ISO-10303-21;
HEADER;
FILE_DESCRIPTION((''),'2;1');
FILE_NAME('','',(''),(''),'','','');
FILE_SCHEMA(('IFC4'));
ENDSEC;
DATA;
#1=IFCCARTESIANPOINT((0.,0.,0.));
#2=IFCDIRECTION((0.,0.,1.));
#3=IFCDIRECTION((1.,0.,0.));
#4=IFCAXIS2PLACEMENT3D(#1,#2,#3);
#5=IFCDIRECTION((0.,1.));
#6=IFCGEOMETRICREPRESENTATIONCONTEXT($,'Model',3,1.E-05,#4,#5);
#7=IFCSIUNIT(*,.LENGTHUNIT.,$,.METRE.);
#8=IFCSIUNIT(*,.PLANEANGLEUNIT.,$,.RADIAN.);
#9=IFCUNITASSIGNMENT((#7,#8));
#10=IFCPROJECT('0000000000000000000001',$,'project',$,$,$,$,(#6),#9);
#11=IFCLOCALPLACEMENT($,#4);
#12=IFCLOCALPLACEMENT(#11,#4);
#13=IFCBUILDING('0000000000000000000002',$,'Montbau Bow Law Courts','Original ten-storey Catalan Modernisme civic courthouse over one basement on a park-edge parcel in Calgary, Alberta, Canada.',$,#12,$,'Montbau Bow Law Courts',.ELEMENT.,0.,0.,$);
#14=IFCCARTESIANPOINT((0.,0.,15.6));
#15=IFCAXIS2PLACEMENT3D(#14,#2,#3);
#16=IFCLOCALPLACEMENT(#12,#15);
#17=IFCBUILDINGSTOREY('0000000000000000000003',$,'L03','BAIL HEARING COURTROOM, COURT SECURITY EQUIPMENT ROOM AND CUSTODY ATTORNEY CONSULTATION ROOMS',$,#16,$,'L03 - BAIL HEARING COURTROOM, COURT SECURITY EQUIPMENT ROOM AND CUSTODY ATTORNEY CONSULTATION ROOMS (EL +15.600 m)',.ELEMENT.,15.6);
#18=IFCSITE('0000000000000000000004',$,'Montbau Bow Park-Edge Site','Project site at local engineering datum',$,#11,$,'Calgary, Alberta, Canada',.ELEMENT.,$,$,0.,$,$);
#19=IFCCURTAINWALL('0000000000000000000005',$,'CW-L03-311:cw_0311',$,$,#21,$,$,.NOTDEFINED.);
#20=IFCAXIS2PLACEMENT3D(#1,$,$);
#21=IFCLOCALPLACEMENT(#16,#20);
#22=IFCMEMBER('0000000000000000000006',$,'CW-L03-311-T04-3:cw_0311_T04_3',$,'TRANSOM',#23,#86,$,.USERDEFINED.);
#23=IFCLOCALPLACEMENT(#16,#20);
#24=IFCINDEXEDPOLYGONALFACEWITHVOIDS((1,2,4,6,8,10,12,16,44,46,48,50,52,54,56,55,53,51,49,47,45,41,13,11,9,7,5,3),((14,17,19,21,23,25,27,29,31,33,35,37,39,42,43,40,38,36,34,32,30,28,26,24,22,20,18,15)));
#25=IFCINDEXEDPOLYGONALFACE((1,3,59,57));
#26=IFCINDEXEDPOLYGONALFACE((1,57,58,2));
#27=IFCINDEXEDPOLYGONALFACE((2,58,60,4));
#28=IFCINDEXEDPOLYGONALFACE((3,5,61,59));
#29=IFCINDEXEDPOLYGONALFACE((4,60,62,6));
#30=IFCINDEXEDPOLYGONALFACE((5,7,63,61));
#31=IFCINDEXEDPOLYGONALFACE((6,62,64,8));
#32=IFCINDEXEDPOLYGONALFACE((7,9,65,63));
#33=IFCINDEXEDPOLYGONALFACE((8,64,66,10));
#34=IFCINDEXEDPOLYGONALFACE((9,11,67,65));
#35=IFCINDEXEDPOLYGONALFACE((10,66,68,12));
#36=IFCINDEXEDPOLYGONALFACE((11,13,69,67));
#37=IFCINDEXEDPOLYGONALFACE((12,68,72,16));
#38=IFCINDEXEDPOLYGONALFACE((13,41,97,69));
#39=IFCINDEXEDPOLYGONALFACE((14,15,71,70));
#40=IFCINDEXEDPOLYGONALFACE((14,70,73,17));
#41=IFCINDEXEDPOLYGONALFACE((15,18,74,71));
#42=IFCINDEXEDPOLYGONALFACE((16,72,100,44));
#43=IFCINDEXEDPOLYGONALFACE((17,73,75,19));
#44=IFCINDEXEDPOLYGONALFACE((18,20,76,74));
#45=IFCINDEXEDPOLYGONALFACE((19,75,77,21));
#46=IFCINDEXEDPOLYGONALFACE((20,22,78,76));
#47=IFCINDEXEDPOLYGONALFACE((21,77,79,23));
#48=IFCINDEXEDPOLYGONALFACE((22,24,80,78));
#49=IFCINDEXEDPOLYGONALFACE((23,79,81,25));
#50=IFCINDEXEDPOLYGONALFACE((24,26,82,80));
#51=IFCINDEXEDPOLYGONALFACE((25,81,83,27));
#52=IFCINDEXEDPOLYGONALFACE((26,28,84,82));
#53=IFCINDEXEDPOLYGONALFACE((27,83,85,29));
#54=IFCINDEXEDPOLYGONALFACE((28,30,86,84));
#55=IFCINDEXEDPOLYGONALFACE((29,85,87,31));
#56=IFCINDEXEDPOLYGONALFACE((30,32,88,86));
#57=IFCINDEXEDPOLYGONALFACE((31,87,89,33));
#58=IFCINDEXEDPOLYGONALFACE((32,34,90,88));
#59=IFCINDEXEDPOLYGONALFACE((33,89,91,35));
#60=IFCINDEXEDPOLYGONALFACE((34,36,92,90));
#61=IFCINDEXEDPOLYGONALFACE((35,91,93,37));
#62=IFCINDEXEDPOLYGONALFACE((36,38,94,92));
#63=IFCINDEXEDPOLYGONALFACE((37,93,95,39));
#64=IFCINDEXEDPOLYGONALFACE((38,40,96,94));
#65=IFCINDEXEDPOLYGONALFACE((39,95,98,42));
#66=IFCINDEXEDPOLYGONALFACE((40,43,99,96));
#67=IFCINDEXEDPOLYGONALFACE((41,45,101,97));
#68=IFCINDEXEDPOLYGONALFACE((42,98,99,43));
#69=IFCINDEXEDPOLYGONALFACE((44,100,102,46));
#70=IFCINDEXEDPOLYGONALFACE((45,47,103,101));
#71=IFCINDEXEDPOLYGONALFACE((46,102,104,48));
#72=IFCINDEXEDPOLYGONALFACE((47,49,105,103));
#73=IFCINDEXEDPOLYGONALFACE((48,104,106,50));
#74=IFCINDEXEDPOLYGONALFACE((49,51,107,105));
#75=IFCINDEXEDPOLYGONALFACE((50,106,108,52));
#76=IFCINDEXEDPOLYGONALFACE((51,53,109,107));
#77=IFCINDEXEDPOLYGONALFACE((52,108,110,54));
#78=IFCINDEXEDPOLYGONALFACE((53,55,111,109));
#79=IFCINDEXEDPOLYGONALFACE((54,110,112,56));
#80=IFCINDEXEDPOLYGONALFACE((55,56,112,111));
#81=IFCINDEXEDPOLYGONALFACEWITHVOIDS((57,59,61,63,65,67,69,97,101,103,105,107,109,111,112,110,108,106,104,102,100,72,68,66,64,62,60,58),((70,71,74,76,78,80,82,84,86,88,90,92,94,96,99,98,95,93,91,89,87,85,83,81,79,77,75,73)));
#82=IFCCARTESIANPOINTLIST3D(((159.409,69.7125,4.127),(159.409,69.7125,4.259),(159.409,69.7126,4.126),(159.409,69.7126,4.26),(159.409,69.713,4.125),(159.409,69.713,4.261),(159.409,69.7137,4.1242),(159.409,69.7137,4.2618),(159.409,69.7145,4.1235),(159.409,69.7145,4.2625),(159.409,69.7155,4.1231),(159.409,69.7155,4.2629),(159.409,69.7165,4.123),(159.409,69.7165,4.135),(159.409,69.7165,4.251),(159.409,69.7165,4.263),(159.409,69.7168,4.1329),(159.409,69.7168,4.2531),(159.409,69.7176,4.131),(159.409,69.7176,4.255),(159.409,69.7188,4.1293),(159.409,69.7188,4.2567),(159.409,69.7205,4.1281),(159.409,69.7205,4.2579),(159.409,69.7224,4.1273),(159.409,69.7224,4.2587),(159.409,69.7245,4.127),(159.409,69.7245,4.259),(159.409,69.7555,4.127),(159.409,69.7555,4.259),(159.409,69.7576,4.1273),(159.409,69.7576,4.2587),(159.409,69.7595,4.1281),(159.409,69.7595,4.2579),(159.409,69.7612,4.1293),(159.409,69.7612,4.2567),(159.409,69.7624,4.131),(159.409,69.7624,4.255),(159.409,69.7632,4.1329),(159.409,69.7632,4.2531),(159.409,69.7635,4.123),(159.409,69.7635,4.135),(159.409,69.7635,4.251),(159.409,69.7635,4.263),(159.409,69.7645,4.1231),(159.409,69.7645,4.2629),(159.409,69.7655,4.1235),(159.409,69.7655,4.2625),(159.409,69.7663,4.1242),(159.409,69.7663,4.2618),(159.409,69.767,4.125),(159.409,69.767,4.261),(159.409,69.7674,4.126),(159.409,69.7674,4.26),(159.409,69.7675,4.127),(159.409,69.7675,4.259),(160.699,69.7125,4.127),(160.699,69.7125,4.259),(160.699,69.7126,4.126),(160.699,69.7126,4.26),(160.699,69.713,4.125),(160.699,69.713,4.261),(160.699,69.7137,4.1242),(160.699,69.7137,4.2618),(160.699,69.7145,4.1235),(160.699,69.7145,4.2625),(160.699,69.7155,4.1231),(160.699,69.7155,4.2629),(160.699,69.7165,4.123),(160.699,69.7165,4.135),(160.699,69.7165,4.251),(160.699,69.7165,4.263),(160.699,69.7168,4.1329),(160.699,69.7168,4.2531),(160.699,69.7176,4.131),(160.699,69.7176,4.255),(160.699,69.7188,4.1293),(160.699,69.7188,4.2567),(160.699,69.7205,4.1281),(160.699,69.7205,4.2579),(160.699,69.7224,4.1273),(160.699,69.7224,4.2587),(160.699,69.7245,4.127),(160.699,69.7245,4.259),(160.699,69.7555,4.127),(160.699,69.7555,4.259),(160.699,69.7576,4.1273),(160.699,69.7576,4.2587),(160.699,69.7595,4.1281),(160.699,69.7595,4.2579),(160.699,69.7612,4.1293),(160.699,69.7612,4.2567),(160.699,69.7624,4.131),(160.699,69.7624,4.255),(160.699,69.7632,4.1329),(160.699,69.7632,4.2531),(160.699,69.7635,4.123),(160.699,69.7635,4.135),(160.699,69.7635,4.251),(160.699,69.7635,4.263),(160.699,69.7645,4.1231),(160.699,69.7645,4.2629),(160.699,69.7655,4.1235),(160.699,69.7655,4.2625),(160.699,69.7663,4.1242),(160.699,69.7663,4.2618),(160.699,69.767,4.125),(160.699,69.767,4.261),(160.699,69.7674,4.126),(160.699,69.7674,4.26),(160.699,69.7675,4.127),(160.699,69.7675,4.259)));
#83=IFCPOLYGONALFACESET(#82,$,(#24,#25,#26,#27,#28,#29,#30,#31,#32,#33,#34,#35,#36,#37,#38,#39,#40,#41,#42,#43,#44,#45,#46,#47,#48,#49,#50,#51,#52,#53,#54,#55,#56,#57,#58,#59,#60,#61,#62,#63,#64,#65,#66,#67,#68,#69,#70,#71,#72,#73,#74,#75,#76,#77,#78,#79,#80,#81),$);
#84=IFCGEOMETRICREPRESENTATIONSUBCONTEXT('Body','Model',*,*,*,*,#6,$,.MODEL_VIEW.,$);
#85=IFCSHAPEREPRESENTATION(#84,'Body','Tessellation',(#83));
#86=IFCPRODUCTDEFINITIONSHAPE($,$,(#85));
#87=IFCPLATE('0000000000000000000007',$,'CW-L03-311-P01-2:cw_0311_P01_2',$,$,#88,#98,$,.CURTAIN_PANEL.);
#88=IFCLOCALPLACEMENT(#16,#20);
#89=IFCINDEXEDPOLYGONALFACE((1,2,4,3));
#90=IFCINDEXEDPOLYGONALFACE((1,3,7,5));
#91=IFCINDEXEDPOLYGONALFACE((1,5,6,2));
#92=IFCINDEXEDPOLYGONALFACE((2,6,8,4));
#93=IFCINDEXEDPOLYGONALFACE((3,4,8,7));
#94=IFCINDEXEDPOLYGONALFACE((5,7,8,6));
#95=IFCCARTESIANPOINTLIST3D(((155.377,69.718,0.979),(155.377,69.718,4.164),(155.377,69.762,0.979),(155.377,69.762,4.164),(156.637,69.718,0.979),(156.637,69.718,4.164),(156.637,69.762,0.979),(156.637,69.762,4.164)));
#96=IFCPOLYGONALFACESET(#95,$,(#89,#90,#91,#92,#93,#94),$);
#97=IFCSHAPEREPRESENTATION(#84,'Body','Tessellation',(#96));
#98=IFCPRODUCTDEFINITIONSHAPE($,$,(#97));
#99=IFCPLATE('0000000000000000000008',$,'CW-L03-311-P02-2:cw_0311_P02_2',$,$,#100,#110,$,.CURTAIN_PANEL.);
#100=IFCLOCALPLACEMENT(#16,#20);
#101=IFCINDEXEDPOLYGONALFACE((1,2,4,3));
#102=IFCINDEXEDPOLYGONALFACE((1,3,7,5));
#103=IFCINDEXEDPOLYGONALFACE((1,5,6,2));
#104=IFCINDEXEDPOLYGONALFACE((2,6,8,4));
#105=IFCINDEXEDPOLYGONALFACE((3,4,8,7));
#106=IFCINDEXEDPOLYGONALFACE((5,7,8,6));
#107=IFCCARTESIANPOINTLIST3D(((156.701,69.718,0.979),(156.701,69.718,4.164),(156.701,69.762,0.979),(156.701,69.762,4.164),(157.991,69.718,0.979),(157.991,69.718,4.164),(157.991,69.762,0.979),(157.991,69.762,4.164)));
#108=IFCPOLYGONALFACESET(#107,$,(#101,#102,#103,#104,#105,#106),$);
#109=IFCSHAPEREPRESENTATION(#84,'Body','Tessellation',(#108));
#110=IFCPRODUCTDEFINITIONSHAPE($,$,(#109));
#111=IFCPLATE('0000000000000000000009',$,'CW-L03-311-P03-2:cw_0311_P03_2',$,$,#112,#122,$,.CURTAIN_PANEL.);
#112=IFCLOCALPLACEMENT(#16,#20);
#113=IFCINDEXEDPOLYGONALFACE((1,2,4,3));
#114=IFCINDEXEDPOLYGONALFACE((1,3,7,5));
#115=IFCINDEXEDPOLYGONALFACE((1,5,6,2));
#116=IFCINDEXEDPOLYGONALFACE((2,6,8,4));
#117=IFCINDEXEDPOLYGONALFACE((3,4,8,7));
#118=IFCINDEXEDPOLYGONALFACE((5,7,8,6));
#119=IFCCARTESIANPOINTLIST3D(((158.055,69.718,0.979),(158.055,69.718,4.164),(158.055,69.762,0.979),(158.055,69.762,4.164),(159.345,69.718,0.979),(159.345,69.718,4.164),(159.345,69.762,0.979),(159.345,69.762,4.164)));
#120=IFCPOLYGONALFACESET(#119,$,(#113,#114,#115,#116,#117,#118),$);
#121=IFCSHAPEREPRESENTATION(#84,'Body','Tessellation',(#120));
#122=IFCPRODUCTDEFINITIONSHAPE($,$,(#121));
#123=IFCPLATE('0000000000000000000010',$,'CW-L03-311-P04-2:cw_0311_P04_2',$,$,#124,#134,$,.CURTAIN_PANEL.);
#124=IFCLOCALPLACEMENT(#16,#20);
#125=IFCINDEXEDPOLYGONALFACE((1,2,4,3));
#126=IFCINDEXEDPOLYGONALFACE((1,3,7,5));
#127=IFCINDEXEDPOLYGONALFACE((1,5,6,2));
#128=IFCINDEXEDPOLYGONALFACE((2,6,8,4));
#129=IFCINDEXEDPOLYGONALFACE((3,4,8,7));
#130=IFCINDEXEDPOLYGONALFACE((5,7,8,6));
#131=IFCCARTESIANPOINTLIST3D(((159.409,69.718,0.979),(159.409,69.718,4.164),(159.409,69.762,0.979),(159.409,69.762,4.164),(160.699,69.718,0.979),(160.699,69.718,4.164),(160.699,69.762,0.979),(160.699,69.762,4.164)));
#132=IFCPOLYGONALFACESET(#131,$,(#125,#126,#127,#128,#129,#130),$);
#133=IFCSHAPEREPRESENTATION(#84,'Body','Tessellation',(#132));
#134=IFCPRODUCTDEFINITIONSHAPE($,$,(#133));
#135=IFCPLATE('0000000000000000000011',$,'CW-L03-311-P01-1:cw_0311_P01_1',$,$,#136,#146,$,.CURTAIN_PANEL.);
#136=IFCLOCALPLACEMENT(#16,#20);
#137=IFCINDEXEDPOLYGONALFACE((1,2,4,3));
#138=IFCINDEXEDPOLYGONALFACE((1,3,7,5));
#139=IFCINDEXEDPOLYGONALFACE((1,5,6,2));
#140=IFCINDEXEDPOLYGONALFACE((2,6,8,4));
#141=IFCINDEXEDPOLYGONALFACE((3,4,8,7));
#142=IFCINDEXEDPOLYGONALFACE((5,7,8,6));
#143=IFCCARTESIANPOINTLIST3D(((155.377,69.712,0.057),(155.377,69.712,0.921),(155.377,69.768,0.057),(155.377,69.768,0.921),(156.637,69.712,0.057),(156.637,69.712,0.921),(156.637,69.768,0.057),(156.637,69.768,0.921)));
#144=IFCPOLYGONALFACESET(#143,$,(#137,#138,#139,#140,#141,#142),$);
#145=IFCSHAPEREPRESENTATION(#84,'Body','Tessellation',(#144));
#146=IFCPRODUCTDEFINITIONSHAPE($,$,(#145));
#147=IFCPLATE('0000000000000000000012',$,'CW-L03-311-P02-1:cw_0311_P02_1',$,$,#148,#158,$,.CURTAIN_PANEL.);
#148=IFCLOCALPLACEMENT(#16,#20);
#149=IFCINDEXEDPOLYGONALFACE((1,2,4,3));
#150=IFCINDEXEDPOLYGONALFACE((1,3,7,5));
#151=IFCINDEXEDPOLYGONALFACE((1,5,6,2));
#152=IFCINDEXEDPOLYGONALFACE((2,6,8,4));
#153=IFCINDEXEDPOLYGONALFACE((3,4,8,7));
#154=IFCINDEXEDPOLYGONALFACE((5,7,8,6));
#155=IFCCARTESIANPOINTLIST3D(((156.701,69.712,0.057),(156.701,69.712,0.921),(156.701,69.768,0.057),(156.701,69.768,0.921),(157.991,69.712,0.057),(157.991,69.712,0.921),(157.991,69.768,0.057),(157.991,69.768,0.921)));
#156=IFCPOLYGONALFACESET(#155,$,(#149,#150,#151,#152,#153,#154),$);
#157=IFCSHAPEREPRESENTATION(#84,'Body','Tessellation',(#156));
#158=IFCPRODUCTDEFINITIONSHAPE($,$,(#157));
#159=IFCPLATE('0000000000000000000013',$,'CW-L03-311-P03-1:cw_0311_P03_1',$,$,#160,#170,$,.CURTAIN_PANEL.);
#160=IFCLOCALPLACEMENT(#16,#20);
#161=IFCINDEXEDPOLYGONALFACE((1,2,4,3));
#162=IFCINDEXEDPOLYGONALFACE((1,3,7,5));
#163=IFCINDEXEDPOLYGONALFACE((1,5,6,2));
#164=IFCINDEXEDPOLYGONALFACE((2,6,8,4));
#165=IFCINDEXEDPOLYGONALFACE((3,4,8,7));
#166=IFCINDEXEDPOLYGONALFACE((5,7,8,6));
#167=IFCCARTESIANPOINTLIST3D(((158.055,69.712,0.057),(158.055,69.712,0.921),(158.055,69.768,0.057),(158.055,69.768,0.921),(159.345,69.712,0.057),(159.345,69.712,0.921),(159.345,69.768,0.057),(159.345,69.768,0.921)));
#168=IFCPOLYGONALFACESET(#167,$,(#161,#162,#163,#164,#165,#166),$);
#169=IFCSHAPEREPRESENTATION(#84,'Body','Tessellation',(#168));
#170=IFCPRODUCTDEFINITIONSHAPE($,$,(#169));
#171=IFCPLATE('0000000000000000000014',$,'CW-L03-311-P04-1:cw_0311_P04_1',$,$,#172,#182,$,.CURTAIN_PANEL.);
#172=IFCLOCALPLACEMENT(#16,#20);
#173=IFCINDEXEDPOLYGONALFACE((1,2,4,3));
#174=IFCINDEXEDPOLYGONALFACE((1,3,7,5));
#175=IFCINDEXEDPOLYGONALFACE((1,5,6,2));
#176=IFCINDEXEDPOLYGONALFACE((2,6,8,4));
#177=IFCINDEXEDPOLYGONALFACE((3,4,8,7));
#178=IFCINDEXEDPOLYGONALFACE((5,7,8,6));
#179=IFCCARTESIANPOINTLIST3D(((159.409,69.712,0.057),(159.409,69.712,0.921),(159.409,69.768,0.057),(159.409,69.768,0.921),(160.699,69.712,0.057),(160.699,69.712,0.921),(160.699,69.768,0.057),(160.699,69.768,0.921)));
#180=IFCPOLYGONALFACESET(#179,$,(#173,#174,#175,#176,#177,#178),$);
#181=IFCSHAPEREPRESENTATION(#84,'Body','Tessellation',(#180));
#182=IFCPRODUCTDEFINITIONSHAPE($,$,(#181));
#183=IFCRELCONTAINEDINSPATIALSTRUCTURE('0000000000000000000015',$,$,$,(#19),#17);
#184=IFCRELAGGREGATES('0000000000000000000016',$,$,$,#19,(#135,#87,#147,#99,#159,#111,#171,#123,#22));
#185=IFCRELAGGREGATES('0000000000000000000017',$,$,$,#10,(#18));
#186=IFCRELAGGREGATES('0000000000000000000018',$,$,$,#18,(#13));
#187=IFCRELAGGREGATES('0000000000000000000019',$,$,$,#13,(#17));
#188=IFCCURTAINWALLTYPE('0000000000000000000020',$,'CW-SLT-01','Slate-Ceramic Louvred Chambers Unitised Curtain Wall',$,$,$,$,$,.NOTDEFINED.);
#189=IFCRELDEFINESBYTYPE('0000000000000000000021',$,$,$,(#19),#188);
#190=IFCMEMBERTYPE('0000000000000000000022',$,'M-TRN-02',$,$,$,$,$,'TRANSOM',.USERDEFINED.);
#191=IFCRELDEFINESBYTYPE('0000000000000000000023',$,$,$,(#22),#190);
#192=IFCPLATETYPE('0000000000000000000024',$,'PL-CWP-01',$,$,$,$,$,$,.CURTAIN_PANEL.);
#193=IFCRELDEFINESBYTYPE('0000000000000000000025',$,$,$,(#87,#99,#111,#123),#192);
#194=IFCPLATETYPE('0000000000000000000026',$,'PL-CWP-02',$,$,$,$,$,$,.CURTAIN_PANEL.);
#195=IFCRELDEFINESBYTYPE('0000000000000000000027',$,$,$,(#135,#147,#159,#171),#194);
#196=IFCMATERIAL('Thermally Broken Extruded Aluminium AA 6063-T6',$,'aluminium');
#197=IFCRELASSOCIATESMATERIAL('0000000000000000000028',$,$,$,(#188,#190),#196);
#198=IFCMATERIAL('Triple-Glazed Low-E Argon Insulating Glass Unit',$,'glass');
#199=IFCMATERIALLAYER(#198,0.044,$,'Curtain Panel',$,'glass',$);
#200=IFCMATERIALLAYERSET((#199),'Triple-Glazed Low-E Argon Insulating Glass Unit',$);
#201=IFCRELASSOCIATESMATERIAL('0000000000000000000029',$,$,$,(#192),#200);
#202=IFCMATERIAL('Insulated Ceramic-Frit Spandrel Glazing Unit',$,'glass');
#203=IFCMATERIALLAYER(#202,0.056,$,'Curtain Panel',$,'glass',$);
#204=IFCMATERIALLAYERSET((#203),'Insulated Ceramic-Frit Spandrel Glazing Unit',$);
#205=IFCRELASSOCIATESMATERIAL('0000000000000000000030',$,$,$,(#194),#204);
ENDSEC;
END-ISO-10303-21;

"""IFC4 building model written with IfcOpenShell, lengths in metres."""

from ifc_helpers import new_model, si_unit, direction, frame, frame_2d, origin_with_axes, origin_2d_with_axis, place, context, subcontext, project, spatial, rectangle, hollow_rectangle, extrude, material, layer, layer_set, material_profile, profile_set, type_object, element, aggregate, save


model = new_model("IFC4")

# Units and contexts
model_context = context("Model", 3, precision=1e-05, world=origin_with_axes(), true_north=direction((0.0, 1.0)))
body_context = subcontext(model_context, "Body", "Model", "MODEL_VIEW")
ifc_project = project(units=[si_unit("LENGTHUNIT", "METRE"), si_unit("PLANEANGLEUNIT", "RADIAN")], contexts=[model_context])

# Site, building, storey
site_placement = place(None, origin_with_axes())
site = spatial("IfcSite", under=ifc_project, at=site_placement, Name="Montbau Bow Park-Edge Site", Description="Project site at local engineering datum", LongName="Calgary, Alberta, Canada", CompositionType="ELEMENT", RefElevation=0.0)
building_placement = place(site_placement, origin_with_axes())
building = spatial("IfcBuilding", under=site, at=building_placement, Name="Montbau Bow Law Courts", Description="Original ten-storey Catalan Modernisme civic courthouse over one basement on a park-edge parcel in Calgary, Alberta, Canada.", LongName="Montbau Bow Law Courts", CompositionType="ELEMENT", ElevationOfRefHeight=0.0, ElevationOfTerrain=0.0)
storey_placement = place(building_placement, frame((0.0, 0.0, 15.6), z_axis=(0.0, 0.0, 1.0), x_axis=(1.0, 0.0, 0.0)))
storey = spatial("IfcBuildingStorey", under=building, at=storey_placement, Name="L03", Description="BAIL HEARING COURTROOM, COURT SECURITY EQUIPMENT ROOM AND CUSTODY ATTORNEY CONSULTATION ROOMS", LongName="L03 - BAIL HEARING COURTROOM, COURT SECURITY EQUIPMENT ROOM AND CUSTODY ATTORNEY CONSULTATION ROOMS (EL +15.600 m)", CompositionType="ELEMENT", Elevation=15.6)

# Curtain wall, member, plates
ifc_material_1 = material(Name="Thermally Broken Extruded Aluminium AA 6063-T6", Category="aluminium")
curtain_wall_type = type_object("IfcCurtainWallType", Name="CW-SLT-01", Description="Slate-Ceramic Louvred Chambers Unitised Curtain Wall", PredefinedType="NOTDEFINED", material=ifc_material_1)
curtain_wall_placement = place(None, frame((155.315, 69.74, 15.6), z_axis=(0.0, 0.0, 1.0), x_axis=(1.0, 0.0, 0.0)))
curtain_wall = element("IfcCurtainWall", 1, at=curtain_wall_placement, inside=storey, type_object=curtain_wall_type, Name="CW-L03-311:cw_0311", PredefinedType="NOTDEFINED")
ifc_material_profile_1 = material_profile(ifc_material_1, hollow_rectangle(XDim=0.055, YDim=0.14, WallThickness=0.004, InnerFilletRadius=0.008, OuterFilletRadius=0.004, at=origin_2d_with_axis()), Name="CWT-140X55", Category="Main", Priority=0)
ifc_profile_set_1 = profile_set([ifc_material_profile_1], Name="Thermally Broken Extruded Aluminium AA 6063-T6")
member_type_1 = type_object("IfcMemberType", Name="M-TRN-02", ElementType="TRANSOM", PredefinedType="USERDEFINED", material=ifc_profile_set_1)
member_1_placement = place(None, frame((159.409, 69.74, 19.793), z_axis=(1.0, 0.0, 0.0), x_axis=(0.0, 1.0, 0.0)))
member_1 = element("IfcMember", 2, at=member_1_placement, type_object=member_type_1, Name="CW-L03-311-T04-3:cw_0311_T04_3", ObjectType="TRANSOM", PredefinedType="USERDEFINED", context=body_context, shape_type="SweptSolid", body=[
    extrude(hollow_rectangle(XDim=0.055, YDim=0.14, WallThickness=0.004, InnerFilletRadius=0.008, OuterFilletRadius=0.004, at=origin_2d_with_axis()), origin_with_axes(), (0.0, 0.0, 1.0), 1.29),
])
ifc_material_2 = material(Name="Triple-Glazed Low-E Argon Insulating Glass Unit", Category="glass")
ifc_layer_1 = layer(ifc_material_2, 0.044, Name="Curtain Panel", Category="glass")
ifc_layer_set_1 = layer_set([ifc_layer_1], Name="Triple-Glazed Low-E Argon Insulating Glass Unit")
plate_type_1 = type_object("IfcPlateType", Name="PL-CWP-01", PredefinedType="CURTAIN_PANEL", material=ifc_layer_set_1)
plate_1_placement = place(None, frame((155.377, 69.74, 16.579), z_axis=(0.0, -1.0, 0.0), x_axis=(1.0, 0.0, 0.0)))
plate_1 = element("IfcPlate", 3, at=plate_1_placement, type_object=plate_type_1, Name="CW-L03-311-P01-2:cw_0311_P01_2", PredefinedType="CURTAIN_PANEL", context=body_context, shape_type="SweptSolid", body=[
    extrude(rectangle(XDim=1.26, YDim=3.185, at=frame_2d((0.63, 1.5925), x_axis=(1.0, 0.0))), frame((0.0, 0.0, -0.022), z_axis=(0.0, 0.0, 1.0), x_axis=(1.0, 0.0, 0.0)), (0.0, 0.0, 1.0), 0.044),
])
plate_2_placement = place(None, frame((156.701, 69.74, 16.579), z_axis=(0.0, -1.0, 0.0), x_axis=(1.0, 0.0, 0.0)))
plate_2 = element("IfcPlate", 4, at=plate_2_placement, type_object=plate_type_1, Name="CW-L03-311-P02-2:cw_0311_P02_2", PredefinedType="CURTAIN_PANEL", context=body_context, shape_type="SweptSolid", body=[
    extrude(rectangle(XDim=1.29, YDim=3.185, at=frame_2d((0.645, 1.5925), x_axis=(1.0, 0.0))), frame((0.0, 0.0, -0.022), z_axis=(0.0, 0.0, 1.0), x_axis=(1.0, 0.0, 0.0)), (0.0, 0.0, 1.0), 0.044),
])
plate_3_placement = place(None, frame((158.055, 69.74, 16.579), z_axis=(0.0, -1.0, 0.0), x_axis=(1.0, 0.0, 0.0)))
plate_3 = element("IfcPlate", 5, at=plate_3_placement, type_object=plate_type_1, Name="CW-L03-311-P03-2:cw_0311_P03_2", PredefinedType="CURTAIN_PANEL", context=body_context, shape_type="SweptSolid", body=[
    extrude(rectangle(XDim=1.29, YDim=3.185, at=frame_2d((0.645, 1.5925), x_axis=(1.0, 0.0))), frame((0.0, 0.0, -0.022), z_axis=(0.0, 0.0, 1.0), x_axis=(1.0, 0.0, 0.0)), (0.0, 0.0, 1.0), 0.044),
])
plate_4_placement = place(None, frame((159.409, 69.74, 16.579), z_axis=(0.0, -1.0, 0.0), x_axis=(1.0, 0.0, 0.0)))
plate_4 = element("IfcPlate", 6, at=plate_4_placement, type_object=plate_type_1, Name="CW-L03-311-P04-2:cw_0311_P04_2", PredefinedType="CURTAIN_PANEL", context=body_context, shape_type="SweptSolid", body=[
    extrude(rectangle(XDim=1.29, YDim=3.185, at=frame_2d((0.645, 1.5925), x_axis=(1.0, 0.0))), frame((0.0, 0.0, -0.022), z_axis=(0.0, 0.0, 1.0), x_axis=(1.0, 0.0, 0.0)), (0.0, 0.0, 1.0), 0.044),
])
ifc_material_3 = material(Name="Insulated Ceramic-Frit Spandrel Glazing Unit", Category="glass")
ifc_layer_2 = layer(ifc_material_3, 0.056, Name="Curtain Panel", Category="glass")
ifc_layer_set_2 = layer_set([ifc_layer_2], Name="Insulated Ceramic-Frit Spandrel Glazing Unit")
plate_type_2 = type_object("IfcPlateType", Name="PL-CWP-02", PredefinedType="CURTAIN_PANEL", material=ifc_layer_set_2)
plate_5_placement = place(None, frame((155.377, 69.74, 15.657), z_axis=(0.0, -1.0, 0.0), x_axis=(1.0, 0.0, 0.0)))
plate_5 = element("IfcPlate", 7, at=plate_5_placement, type_object=plate_type_2, Name="CW-L03-311-P01-1:cw_0311_P01_1", PredefinedType="CURTAIN_PANEL", context=body_context, shape_type="SweptSolid", body=[
    extrude(rectangle(XDim=1.26, YDim=0.864, at=frame_2d((0.63, 0.432), x_axis=(1.0, 0.0))), frame((0.0, 0.0, -0.028), z_axis=(0.0, 0.0, 1.0), x_axis=(1.0, 0.0, 0.0)), (0.0, 0.0, 1.0), 0.056),
])
plate_6_placement = place(None, frame((156.701, 69.74, 15.657), z_axis=(0.0, -1.0, 0.0), x_axis=(1.0, 0.0, 0.0)))
plate_6 = element("IfcPlate", 8, at=plate_6_placement, type_object=plate_type_2, Name="CW-L03-311-P02-1:cw_0311_P02_1", PredefinedType="CURTAIN_PANEL", context=body_context, shape_type="SweptSolid", body=[
    extrude(rectangle(XDim=1.29, YDim=0.864, at=frame_2d((0.645, 0.432), x_axis=(1.0, 0.0))), frame((0.0, 0.0, -0.028), z_axis=(0.0, 0.0, 1.0), x_axis=(1.0, 0.0, 0.0)), (0.0, 0.0, 1.0), 0.056),
])
plate_7_placement = place(None, frame((158.055, 69.74, 15.657), z_axis=(0.0, -1.0, 0.0), x_axis=(1.0, 0.0, 0.0)))
plate_7 = element("IfcPlate", 9, at=plate_7_placement, type_object=plate_type_2, Name="CW-L03-311-P03-1:cw_0311_P03_1", PredefinedType="CURTAIN_PANEL", context=body_context, shape_type="SweptSolid", body=[
    extrude(rectangle(XDim=1.29, YDim=0.864, at=frame_2d((0.645, 0.432), x_axis=(1.0, 0.0))), frame((0.0, 0.0, -0.028), z_axis=(0.0, 0.0, 1.0), x_axis=(1.0, 0.0, 0.0)), (0.0, 0.0, 1.0), 0.056),
])
plate_8_placement = place(None, frame((159.409, 69.74, 15.657), z_axis=(0.0, -1.0, 0.0), x_axis=(1.0, 0.0, 0.0)))
plate_8 = element("IfcPlate", 10, at=plate_8_placement, type_object=plate_type_2, Name="CW-L03-311-P04-1:cw_0311_P04_1", PredefinedType="CURTAIN_PANEL", context=body_context, shape_type="SweptSolid", body=[
    extrude(rectangle(XDim=1.29, YDim=0.864, at=frame_2d((0.645, 0.432), x_axis=(1.0, 0.0))), frame((0.0, 0.0, -0.028), z_axis=(0.0, 0.0, 1.0), x_axis=(1.0, 0.0, 0.0)), (0.0, 0.0, 1.0), 0.056),
])
aggregate(curtain_wall, [plate_5, plate_1, plate_6, plate_2, plate_7, plate_3, plate_8, plate_4, member_1])

save(model, "model.ifc")
